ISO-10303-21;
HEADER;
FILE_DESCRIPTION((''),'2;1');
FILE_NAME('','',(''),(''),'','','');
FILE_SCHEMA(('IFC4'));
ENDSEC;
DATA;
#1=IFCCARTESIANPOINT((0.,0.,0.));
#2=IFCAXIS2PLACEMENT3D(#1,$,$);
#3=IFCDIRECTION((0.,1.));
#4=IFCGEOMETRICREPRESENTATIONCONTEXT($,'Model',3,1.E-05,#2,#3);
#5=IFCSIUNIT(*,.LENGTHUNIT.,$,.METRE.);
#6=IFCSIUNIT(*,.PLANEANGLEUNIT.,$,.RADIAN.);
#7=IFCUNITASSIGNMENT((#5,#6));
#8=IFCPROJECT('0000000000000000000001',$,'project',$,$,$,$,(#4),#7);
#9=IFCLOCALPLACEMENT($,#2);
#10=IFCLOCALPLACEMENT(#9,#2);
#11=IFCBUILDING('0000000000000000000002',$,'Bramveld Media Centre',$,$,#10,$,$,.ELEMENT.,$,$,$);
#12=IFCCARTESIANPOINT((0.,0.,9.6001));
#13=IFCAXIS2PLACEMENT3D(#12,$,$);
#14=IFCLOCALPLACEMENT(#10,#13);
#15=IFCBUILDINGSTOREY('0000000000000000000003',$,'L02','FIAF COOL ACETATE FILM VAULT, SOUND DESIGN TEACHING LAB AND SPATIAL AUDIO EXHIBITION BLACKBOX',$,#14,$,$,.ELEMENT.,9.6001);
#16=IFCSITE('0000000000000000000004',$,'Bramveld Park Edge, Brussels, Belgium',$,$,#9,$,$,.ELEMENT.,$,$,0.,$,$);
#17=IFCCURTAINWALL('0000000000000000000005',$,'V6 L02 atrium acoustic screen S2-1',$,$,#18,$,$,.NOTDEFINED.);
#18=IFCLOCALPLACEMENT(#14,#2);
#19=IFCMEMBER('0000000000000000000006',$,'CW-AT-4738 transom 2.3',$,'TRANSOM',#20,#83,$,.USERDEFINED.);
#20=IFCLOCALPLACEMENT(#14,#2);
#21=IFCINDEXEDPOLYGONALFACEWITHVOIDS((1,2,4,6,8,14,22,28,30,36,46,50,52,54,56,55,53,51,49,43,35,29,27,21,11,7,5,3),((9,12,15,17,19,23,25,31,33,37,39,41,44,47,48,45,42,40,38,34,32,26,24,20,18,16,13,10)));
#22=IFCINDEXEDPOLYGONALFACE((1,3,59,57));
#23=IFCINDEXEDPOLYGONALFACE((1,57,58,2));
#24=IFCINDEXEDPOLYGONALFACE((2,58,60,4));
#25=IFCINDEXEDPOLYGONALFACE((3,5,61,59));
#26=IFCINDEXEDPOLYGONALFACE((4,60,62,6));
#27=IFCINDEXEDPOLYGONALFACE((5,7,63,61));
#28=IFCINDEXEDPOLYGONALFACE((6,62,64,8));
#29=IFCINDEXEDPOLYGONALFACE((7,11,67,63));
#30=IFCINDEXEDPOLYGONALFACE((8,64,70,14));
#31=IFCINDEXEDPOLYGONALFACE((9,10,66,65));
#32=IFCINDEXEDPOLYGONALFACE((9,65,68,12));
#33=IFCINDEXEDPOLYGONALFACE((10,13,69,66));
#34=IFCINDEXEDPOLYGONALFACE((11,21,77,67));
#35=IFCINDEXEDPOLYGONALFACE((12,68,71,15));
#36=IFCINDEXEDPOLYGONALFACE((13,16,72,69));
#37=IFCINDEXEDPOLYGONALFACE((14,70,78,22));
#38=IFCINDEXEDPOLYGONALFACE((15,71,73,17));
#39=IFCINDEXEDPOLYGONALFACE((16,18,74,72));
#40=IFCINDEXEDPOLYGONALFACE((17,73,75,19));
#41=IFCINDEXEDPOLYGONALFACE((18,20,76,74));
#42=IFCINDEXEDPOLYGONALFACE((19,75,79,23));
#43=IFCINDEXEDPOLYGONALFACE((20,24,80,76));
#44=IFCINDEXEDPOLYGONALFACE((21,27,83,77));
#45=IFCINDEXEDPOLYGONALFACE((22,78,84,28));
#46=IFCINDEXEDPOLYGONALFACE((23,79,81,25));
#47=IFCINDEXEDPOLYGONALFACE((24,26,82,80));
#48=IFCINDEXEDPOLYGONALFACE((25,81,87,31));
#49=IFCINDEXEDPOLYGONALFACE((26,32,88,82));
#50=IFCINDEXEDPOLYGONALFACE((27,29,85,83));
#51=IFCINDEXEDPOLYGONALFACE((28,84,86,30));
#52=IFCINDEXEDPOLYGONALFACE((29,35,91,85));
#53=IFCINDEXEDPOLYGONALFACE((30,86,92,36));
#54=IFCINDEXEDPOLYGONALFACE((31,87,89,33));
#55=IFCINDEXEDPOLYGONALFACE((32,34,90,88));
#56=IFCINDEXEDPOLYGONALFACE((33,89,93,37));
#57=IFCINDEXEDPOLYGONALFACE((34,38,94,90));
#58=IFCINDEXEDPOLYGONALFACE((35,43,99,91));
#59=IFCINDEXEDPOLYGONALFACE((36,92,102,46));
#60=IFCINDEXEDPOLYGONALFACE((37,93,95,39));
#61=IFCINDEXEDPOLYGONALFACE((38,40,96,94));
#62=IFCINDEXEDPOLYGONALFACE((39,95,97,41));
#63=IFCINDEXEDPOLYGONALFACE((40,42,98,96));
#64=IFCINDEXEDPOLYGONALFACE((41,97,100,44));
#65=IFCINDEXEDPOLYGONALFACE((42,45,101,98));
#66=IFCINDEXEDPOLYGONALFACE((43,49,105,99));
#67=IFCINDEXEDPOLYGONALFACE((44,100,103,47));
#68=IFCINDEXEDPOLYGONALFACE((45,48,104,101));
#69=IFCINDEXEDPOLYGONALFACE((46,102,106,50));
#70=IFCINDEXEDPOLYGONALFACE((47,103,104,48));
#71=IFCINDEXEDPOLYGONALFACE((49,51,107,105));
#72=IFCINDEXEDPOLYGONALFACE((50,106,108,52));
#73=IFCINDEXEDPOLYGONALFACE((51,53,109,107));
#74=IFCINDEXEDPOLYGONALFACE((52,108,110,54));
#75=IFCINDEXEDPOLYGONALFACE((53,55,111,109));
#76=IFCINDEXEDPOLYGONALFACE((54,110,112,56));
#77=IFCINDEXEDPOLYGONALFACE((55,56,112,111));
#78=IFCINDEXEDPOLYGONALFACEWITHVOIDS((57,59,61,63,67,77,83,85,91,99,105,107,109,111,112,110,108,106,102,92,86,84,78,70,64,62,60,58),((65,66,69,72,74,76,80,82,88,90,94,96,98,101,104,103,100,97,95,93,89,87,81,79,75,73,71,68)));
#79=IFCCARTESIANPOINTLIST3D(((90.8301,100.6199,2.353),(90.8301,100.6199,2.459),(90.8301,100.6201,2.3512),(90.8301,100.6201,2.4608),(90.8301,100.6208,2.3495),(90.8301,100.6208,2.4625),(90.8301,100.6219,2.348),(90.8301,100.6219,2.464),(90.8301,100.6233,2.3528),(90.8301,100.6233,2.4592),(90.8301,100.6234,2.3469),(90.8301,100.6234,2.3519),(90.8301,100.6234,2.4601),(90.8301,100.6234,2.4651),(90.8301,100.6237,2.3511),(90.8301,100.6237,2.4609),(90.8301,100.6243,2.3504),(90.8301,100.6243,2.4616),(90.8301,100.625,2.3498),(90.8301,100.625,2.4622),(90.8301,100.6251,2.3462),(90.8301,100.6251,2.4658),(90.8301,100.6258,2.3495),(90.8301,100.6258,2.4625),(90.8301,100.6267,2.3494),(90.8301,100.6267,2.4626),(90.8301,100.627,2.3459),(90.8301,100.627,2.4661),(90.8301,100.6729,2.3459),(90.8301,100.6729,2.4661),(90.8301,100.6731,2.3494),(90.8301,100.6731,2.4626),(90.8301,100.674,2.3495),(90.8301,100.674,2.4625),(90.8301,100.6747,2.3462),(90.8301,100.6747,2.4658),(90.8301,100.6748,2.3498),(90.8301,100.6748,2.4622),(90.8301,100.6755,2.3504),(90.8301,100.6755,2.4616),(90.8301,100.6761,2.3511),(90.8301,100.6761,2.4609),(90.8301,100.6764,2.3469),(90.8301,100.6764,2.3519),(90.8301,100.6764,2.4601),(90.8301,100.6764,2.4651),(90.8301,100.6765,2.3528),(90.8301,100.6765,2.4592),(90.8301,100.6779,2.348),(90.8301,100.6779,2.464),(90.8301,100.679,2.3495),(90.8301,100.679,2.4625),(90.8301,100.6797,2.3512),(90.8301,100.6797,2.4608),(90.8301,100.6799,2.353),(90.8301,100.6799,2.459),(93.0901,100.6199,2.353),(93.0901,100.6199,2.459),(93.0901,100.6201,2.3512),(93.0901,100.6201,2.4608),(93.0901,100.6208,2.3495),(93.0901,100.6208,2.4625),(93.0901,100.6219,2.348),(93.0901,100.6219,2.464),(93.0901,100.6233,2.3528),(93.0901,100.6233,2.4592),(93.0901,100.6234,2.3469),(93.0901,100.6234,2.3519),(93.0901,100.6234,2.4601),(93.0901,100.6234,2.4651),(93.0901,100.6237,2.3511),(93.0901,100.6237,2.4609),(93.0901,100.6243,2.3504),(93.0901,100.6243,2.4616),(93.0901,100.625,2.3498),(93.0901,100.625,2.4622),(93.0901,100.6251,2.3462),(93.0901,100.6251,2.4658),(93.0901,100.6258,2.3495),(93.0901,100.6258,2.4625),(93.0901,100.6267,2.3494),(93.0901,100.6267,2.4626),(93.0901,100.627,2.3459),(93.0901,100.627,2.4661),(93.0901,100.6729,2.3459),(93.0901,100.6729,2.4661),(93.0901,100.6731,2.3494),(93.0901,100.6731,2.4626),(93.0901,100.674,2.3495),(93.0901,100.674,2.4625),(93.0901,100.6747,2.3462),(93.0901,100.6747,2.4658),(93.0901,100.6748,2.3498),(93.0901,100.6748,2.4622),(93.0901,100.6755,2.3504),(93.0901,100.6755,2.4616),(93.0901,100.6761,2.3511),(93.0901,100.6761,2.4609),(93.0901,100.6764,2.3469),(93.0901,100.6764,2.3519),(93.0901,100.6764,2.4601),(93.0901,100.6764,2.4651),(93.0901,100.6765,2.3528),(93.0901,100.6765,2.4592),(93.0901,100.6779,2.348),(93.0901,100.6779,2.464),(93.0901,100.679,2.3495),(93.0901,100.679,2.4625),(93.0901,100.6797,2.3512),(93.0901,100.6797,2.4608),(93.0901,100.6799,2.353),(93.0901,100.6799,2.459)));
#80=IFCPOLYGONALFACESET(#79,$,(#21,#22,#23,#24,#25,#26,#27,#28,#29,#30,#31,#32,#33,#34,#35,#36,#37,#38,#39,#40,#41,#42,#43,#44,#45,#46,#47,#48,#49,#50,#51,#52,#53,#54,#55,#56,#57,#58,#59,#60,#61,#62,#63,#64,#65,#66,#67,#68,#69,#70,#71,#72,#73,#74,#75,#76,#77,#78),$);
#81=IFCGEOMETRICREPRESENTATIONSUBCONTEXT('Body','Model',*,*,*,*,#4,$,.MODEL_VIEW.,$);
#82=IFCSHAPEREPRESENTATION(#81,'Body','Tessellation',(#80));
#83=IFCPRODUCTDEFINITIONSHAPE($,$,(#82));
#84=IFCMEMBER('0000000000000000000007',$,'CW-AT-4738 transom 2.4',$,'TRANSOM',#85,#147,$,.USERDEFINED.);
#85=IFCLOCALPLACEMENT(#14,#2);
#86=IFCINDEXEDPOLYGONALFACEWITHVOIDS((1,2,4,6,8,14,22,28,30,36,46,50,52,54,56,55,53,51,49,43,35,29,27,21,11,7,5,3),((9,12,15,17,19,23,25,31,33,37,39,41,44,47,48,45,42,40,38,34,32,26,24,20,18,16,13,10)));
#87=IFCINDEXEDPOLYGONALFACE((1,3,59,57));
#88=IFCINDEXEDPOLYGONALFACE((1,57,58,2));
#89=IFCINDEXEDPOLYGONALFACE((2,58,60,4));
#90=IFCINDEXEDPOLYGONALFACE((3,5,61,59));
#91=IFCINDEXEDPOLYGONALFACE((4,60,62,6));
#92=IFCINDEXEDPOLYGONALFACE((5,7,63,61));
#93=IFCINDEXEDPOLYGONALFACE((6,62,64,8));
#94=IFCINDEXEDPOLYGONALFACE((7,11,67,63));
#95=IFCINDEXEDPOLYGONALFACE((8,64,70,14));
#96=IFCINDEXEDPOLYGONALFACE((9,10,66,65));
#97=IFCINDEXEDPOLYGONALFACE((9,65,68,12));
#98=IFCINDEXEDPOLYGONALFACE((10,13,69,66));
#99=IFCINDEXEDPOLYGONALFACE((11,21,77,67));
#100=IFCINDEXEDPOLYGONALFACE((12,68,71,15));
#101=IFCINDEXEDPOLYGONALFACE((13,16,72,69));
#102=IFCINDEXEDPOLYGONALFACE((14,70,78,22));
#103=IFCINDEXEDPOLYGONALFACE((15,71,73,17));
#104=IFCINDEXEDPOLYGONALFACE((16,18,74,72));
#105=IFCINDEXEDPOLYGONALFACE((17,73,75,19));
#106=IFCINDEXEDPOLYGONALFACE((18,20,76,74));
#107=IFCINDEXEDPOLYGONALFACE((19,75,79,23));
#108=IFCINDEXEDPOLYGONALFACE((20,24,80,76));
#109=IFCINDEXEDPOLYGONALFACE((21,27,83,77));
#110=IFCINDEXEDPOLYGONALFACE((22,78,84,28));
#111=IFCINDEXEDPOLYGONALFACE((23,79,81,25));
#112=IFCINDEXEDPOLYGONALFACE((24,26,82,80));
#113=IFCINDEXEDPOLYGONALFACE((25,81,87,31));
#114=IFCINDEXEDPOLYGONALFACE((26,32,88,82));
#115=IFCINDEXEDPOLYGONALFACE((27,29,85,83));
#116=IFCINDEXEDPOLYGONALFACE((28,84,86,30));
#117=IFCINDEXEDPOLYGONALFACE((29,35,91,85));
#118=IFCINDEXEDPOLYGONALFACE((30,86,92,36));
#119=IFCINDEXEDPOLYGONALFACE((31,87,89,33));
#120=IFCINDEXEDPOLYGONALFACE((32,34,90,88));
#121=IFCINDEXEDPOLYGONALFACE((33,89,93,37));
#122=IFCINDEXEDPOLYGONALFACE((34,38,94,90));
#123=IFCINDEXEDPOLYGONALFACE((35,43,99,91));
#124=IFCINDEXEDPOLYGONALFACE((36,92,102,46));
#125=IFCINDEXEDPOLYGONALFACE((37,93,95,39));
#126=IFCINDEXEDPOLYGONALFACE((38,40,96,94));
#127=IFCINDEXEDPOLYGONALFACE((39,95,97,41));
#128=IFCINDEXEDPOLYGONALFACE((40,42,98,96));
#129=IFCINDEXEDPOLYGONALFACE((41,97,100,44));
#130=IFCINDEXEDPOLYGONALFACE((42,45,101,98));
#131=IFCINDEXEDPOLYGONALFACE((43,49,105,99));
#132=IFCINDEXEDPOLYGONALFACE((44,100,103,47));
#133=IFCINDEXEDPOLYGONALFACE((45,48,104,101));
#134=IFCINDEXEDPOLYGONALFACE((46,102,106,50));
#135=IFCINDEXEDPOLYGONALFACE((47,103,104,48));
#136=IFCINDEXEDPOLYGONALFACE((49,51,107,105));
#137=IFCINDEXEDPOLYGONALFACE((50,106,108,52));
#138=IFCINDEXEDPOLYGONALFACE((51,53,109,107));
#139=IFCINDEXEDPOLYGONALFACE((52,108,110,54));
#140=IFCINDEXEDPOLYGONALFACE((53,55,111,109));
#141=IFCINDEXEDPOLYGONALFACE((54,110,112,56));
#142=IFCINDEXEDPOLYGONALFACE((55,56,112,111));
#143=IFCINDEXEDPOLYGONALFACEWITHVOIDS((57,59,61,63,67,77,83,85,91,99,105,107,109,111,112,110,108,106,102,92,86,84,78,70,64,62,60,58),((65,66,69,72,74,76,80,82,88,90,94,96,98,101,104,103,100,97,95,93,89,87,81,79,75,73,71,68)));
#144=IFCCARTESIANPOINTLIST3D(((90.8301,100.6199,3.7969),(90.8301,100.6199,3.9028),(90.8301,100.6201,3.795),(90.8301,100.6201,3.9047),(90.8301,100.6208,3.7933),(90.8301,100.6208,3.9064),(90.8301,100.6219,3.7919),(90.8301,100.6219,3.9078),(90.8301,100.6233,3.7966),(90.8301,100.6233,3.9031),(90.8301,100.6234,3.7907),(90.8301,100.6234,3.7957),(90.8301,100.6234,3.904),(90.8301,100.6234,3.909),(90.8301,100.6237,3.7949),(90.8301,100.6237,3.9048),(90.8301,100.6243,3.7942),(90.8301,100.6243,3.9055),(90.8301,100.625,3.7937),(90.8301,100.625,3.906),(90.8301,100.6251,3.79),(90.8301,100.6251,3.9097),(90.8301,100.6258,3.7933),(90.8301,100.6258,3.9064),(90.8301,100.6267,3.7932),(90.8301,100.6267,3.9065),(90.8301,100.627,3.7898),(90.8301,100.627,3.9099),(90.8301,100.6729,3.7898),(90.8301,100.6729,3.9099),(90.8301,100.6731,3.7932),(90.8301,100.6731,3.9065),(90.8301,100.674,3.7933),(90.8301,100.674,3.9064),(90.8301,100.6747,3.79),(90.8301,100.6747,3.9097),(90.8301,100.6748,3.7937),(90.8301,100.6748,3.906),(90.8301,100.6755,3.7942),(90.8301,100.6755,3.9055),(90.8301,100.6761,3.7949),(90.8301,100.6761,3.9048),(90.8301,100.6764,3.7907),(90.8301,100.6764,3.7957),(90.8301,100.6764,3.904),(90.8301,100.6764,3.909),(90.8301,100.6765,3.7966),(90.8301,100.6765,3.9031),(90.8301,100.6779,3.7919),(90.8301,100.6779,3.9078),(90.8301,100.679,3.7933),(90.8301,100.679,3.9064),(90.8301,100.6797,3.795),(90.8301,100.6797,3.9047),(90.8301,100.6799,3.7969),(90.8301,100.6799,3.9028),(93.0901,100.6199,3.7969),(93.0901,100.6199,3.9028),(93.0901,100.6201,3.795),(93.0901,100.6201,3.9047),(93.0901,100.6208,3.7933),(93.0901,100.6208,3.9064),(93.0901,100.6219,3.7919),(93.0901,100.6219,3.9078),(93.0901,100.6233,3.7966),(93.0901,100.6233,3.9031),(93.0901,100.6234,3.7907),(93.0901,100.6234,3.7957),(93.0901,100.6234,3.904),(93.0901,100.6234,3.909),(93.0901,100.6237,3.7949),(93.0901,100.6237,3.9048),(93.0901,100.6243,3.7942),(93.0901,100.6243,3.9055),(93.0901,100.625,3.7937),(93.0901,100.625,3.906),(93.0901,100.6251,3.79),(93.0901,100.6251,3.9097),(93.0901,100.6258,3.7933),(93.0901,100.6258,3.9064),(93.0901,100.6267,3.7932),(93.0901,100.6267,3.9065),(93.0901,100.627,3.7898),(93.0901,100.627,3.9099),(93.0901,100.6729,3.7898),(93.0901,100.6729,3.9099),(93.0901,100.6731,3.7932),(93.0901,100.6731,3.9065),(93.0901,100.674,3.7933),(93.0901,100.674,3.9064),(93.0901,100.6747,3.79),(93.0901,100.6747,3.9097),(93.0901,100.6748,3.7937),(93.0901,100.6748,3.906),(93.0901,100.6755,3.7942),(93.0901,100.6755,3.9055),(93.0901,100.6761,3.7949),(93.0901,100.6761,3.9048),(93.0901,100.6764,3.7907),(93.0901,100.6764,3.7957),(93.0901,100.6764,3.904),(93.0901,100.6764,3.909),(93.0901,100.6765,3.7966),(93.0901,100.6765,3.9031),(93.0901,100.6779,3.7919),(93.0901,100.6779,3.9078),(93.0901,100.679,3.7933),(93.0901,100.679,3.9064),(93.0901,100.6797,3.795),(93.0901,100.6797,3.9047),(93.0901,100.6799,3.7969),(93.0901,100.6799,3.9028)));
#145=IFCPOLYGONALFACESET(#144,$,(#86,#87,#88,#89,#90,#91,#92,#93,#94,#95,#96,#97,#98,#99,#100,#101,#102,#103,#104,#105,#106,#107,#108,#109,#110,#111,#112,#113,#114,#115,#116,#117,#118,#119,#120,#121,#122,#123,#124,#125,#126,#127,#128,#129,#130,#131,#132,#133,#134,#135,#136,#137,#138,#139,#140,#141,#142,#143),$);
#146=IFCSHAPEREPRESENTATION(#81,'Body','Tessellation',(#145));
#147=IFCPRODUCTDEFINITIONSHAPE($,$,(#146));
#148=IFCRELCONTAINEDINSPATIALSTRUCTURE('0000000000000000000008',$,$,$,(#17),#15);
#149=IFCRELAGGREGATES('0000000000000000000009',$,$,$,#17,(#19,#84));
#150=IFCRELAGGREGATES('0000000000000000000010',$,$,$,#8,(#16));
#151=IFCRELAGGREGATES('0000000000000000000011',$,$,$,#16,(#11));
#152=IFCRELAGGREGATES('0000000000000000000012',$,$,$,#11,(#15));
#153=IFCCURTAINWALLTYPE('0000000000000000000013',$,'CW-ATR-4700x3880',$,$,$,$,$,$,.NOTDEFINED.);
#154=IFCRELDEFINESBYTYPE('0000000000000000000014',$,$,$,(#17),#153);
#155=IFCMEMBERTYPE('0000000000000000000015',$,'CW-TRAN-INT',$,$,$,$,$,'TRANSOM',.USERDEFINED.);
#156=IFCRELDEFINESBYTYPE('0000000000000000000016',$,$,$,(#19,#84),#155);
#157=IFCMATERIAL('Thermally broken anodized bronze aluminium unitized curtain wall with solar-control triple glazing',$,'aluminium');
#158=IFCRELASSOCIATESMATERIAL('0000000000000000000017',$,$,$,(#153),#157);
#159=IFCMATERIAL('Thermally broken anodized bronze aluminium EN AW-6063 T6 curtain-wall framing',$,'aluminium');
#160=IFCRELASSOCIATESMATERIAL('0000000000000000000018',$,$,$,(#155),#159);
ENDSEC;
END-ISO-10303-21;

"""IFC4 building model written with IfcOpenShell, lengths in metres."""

from ifc_helpers import new_model, si_unit, direction, frame, origin, origin_2d, place, context, subcontext, project, spatial, hollow_rectangle, extrude, material, material_profile, profile_set, type_object, element, aggregate, save


model = new_model("IFC4")

# Units and contexts
model_context = context("Model", 3, precision=1e-05, world=origin(), true_north=direction((0.0, 1.0)))
body_context = subcontext(model_context, "Body", "Model", "MODEL_VIEW")
ifc_project = project(units=[si_unit("LENGTHUNIT", "METRE"), si_unit("PLANEANGLEUNIT", "RADIAN")], contexts=[model_context])

# Site, building, storey
site_placement = place(None, origin())
site = spatial("IfcSite", under=ifc_project, at=site_placement, Name="Bramveld Park Edge, Brussels, Belgium", CompositionType="ELEMENT", RefElevation=0.0)
building_placement = place(site_placement, origin())
building = spatial("IfcBuilding", under=site, at=building_placement, Name="Bramveld Media Centre", CompositionType="ELEMENT")
storey_placement = place(building_placement, frame((0.0, 0.0, 9.6001)))
storey = spatial("IfcBuildingStorey", under=building, at=storey_placement, Name="L02", Description="FIAF COOL ACETATE FILM VAULT, SOUND DESIGN TEACHING LAB AND SPATIAL AUDIO EXHIBITION BLACKBOX", CompositionType="ELEMENT", Elevation=9.6001)

# Curtain wall
ifc_material_1 = material(Name="Thermally broken anodized bronze aluminium unitized curtain wall with solar-control triple glazing", Category="aluminium")
curtain_wall_type_1 = type_object("IfcCurtainWallType", Name="CW-ATR-4700x3880", PredefinedType="NOTDEFINED", material=ifc_material_1)
curtain_wall_1_placement = place(storey_placement, origin())
curtain_wall_1 = element("IfcCurtainWall", 1, at=curtain_wall_1_placement, inside=storey, type_object=curtain_wall_type_1, Name="V6 L02 atrium acoustic screen S2-1", PredefinedType="NOTDEFINED")

# Members
ifc_material_2 = material(Name="Thermally broken anodized bronze aluminium EN AW-6063 T6 curtain-wall framing", Category="aluminium")
ifc_material_profile_1 = material_profile(ifc_material_2, hollow_rectangle(XDim=0.0601, YDim=0.1201, WallThickness=0.0034, InnerFilletRadius=0.0034, OuterFilletRadius=0.0071, at=origin_2d()), Name="AL-TRAN 60x120")
ifc_profile_set_1 = profile_set([ifc_material_profile_1], Name="Thermally broken anodized bronze aluminium EN AW-6063 T6 curtain-wall framing")
member_type_1 = type_object("IfcMemberType", Name="CW-TRAN-INT", ElementType="TRANSOM", PredefinedType="USERDEFINED", material=ifc_profile_set_1)
member_1_placement = place(storey_placement, frame((90.8301, 100.6499, 2.406), z_axis=(1.0, 0.0, 0.0), x_axis=(0.0, 1.0, 0.0)))
member_1 = element("IfcMember", 2, at=member_1_placement, type_object=member_type_1, Name="CW-AT-4738 transom 2.3", ObjectType="TRANSOM", PredefinedType="USERDEFINED", context=body_context, shape_type="SweptSolid", body=[
    extrude(hollow_rectangle(XDim=0.0601, YDim=0.1201, WallThickness=0.0034, InnerFilletRadius=0.0034, OuterFilletRadius=0.0071, at=origin_2d()), origin(), (0.0, 0.0, 1.0), 2.26),
])
member_2_placement = place(storey_placement, frame((90.8301, 100.6499, 3.8499), z_axis=(1.0, 0.0, 0.0), x_axis=(0.0, 1.0, 0.0)))
member_2 = element("IfcMember", 3, at=member_2_placement, type_object=member_type_1, Name="CW-AT-4738 transom 2.4", ObjectType="TRANSOM", PredefinedType="USERDEFINED", context=body_context, shape_type="SweptSolid", body=[
    extrude(hollow_rectangle(XDim=0.0601, YDim=0.1201, WallThickness=0.0034, InnerFilletRadius=0.0034, OuterFilletRadius=0.0071, at=origin_2d()), origin(), (0.0, 0.0, 1.0), 2.26),
])

aggregate(curtain_wall_1, [member_1, member_2])

save(model, "model.ifc")
